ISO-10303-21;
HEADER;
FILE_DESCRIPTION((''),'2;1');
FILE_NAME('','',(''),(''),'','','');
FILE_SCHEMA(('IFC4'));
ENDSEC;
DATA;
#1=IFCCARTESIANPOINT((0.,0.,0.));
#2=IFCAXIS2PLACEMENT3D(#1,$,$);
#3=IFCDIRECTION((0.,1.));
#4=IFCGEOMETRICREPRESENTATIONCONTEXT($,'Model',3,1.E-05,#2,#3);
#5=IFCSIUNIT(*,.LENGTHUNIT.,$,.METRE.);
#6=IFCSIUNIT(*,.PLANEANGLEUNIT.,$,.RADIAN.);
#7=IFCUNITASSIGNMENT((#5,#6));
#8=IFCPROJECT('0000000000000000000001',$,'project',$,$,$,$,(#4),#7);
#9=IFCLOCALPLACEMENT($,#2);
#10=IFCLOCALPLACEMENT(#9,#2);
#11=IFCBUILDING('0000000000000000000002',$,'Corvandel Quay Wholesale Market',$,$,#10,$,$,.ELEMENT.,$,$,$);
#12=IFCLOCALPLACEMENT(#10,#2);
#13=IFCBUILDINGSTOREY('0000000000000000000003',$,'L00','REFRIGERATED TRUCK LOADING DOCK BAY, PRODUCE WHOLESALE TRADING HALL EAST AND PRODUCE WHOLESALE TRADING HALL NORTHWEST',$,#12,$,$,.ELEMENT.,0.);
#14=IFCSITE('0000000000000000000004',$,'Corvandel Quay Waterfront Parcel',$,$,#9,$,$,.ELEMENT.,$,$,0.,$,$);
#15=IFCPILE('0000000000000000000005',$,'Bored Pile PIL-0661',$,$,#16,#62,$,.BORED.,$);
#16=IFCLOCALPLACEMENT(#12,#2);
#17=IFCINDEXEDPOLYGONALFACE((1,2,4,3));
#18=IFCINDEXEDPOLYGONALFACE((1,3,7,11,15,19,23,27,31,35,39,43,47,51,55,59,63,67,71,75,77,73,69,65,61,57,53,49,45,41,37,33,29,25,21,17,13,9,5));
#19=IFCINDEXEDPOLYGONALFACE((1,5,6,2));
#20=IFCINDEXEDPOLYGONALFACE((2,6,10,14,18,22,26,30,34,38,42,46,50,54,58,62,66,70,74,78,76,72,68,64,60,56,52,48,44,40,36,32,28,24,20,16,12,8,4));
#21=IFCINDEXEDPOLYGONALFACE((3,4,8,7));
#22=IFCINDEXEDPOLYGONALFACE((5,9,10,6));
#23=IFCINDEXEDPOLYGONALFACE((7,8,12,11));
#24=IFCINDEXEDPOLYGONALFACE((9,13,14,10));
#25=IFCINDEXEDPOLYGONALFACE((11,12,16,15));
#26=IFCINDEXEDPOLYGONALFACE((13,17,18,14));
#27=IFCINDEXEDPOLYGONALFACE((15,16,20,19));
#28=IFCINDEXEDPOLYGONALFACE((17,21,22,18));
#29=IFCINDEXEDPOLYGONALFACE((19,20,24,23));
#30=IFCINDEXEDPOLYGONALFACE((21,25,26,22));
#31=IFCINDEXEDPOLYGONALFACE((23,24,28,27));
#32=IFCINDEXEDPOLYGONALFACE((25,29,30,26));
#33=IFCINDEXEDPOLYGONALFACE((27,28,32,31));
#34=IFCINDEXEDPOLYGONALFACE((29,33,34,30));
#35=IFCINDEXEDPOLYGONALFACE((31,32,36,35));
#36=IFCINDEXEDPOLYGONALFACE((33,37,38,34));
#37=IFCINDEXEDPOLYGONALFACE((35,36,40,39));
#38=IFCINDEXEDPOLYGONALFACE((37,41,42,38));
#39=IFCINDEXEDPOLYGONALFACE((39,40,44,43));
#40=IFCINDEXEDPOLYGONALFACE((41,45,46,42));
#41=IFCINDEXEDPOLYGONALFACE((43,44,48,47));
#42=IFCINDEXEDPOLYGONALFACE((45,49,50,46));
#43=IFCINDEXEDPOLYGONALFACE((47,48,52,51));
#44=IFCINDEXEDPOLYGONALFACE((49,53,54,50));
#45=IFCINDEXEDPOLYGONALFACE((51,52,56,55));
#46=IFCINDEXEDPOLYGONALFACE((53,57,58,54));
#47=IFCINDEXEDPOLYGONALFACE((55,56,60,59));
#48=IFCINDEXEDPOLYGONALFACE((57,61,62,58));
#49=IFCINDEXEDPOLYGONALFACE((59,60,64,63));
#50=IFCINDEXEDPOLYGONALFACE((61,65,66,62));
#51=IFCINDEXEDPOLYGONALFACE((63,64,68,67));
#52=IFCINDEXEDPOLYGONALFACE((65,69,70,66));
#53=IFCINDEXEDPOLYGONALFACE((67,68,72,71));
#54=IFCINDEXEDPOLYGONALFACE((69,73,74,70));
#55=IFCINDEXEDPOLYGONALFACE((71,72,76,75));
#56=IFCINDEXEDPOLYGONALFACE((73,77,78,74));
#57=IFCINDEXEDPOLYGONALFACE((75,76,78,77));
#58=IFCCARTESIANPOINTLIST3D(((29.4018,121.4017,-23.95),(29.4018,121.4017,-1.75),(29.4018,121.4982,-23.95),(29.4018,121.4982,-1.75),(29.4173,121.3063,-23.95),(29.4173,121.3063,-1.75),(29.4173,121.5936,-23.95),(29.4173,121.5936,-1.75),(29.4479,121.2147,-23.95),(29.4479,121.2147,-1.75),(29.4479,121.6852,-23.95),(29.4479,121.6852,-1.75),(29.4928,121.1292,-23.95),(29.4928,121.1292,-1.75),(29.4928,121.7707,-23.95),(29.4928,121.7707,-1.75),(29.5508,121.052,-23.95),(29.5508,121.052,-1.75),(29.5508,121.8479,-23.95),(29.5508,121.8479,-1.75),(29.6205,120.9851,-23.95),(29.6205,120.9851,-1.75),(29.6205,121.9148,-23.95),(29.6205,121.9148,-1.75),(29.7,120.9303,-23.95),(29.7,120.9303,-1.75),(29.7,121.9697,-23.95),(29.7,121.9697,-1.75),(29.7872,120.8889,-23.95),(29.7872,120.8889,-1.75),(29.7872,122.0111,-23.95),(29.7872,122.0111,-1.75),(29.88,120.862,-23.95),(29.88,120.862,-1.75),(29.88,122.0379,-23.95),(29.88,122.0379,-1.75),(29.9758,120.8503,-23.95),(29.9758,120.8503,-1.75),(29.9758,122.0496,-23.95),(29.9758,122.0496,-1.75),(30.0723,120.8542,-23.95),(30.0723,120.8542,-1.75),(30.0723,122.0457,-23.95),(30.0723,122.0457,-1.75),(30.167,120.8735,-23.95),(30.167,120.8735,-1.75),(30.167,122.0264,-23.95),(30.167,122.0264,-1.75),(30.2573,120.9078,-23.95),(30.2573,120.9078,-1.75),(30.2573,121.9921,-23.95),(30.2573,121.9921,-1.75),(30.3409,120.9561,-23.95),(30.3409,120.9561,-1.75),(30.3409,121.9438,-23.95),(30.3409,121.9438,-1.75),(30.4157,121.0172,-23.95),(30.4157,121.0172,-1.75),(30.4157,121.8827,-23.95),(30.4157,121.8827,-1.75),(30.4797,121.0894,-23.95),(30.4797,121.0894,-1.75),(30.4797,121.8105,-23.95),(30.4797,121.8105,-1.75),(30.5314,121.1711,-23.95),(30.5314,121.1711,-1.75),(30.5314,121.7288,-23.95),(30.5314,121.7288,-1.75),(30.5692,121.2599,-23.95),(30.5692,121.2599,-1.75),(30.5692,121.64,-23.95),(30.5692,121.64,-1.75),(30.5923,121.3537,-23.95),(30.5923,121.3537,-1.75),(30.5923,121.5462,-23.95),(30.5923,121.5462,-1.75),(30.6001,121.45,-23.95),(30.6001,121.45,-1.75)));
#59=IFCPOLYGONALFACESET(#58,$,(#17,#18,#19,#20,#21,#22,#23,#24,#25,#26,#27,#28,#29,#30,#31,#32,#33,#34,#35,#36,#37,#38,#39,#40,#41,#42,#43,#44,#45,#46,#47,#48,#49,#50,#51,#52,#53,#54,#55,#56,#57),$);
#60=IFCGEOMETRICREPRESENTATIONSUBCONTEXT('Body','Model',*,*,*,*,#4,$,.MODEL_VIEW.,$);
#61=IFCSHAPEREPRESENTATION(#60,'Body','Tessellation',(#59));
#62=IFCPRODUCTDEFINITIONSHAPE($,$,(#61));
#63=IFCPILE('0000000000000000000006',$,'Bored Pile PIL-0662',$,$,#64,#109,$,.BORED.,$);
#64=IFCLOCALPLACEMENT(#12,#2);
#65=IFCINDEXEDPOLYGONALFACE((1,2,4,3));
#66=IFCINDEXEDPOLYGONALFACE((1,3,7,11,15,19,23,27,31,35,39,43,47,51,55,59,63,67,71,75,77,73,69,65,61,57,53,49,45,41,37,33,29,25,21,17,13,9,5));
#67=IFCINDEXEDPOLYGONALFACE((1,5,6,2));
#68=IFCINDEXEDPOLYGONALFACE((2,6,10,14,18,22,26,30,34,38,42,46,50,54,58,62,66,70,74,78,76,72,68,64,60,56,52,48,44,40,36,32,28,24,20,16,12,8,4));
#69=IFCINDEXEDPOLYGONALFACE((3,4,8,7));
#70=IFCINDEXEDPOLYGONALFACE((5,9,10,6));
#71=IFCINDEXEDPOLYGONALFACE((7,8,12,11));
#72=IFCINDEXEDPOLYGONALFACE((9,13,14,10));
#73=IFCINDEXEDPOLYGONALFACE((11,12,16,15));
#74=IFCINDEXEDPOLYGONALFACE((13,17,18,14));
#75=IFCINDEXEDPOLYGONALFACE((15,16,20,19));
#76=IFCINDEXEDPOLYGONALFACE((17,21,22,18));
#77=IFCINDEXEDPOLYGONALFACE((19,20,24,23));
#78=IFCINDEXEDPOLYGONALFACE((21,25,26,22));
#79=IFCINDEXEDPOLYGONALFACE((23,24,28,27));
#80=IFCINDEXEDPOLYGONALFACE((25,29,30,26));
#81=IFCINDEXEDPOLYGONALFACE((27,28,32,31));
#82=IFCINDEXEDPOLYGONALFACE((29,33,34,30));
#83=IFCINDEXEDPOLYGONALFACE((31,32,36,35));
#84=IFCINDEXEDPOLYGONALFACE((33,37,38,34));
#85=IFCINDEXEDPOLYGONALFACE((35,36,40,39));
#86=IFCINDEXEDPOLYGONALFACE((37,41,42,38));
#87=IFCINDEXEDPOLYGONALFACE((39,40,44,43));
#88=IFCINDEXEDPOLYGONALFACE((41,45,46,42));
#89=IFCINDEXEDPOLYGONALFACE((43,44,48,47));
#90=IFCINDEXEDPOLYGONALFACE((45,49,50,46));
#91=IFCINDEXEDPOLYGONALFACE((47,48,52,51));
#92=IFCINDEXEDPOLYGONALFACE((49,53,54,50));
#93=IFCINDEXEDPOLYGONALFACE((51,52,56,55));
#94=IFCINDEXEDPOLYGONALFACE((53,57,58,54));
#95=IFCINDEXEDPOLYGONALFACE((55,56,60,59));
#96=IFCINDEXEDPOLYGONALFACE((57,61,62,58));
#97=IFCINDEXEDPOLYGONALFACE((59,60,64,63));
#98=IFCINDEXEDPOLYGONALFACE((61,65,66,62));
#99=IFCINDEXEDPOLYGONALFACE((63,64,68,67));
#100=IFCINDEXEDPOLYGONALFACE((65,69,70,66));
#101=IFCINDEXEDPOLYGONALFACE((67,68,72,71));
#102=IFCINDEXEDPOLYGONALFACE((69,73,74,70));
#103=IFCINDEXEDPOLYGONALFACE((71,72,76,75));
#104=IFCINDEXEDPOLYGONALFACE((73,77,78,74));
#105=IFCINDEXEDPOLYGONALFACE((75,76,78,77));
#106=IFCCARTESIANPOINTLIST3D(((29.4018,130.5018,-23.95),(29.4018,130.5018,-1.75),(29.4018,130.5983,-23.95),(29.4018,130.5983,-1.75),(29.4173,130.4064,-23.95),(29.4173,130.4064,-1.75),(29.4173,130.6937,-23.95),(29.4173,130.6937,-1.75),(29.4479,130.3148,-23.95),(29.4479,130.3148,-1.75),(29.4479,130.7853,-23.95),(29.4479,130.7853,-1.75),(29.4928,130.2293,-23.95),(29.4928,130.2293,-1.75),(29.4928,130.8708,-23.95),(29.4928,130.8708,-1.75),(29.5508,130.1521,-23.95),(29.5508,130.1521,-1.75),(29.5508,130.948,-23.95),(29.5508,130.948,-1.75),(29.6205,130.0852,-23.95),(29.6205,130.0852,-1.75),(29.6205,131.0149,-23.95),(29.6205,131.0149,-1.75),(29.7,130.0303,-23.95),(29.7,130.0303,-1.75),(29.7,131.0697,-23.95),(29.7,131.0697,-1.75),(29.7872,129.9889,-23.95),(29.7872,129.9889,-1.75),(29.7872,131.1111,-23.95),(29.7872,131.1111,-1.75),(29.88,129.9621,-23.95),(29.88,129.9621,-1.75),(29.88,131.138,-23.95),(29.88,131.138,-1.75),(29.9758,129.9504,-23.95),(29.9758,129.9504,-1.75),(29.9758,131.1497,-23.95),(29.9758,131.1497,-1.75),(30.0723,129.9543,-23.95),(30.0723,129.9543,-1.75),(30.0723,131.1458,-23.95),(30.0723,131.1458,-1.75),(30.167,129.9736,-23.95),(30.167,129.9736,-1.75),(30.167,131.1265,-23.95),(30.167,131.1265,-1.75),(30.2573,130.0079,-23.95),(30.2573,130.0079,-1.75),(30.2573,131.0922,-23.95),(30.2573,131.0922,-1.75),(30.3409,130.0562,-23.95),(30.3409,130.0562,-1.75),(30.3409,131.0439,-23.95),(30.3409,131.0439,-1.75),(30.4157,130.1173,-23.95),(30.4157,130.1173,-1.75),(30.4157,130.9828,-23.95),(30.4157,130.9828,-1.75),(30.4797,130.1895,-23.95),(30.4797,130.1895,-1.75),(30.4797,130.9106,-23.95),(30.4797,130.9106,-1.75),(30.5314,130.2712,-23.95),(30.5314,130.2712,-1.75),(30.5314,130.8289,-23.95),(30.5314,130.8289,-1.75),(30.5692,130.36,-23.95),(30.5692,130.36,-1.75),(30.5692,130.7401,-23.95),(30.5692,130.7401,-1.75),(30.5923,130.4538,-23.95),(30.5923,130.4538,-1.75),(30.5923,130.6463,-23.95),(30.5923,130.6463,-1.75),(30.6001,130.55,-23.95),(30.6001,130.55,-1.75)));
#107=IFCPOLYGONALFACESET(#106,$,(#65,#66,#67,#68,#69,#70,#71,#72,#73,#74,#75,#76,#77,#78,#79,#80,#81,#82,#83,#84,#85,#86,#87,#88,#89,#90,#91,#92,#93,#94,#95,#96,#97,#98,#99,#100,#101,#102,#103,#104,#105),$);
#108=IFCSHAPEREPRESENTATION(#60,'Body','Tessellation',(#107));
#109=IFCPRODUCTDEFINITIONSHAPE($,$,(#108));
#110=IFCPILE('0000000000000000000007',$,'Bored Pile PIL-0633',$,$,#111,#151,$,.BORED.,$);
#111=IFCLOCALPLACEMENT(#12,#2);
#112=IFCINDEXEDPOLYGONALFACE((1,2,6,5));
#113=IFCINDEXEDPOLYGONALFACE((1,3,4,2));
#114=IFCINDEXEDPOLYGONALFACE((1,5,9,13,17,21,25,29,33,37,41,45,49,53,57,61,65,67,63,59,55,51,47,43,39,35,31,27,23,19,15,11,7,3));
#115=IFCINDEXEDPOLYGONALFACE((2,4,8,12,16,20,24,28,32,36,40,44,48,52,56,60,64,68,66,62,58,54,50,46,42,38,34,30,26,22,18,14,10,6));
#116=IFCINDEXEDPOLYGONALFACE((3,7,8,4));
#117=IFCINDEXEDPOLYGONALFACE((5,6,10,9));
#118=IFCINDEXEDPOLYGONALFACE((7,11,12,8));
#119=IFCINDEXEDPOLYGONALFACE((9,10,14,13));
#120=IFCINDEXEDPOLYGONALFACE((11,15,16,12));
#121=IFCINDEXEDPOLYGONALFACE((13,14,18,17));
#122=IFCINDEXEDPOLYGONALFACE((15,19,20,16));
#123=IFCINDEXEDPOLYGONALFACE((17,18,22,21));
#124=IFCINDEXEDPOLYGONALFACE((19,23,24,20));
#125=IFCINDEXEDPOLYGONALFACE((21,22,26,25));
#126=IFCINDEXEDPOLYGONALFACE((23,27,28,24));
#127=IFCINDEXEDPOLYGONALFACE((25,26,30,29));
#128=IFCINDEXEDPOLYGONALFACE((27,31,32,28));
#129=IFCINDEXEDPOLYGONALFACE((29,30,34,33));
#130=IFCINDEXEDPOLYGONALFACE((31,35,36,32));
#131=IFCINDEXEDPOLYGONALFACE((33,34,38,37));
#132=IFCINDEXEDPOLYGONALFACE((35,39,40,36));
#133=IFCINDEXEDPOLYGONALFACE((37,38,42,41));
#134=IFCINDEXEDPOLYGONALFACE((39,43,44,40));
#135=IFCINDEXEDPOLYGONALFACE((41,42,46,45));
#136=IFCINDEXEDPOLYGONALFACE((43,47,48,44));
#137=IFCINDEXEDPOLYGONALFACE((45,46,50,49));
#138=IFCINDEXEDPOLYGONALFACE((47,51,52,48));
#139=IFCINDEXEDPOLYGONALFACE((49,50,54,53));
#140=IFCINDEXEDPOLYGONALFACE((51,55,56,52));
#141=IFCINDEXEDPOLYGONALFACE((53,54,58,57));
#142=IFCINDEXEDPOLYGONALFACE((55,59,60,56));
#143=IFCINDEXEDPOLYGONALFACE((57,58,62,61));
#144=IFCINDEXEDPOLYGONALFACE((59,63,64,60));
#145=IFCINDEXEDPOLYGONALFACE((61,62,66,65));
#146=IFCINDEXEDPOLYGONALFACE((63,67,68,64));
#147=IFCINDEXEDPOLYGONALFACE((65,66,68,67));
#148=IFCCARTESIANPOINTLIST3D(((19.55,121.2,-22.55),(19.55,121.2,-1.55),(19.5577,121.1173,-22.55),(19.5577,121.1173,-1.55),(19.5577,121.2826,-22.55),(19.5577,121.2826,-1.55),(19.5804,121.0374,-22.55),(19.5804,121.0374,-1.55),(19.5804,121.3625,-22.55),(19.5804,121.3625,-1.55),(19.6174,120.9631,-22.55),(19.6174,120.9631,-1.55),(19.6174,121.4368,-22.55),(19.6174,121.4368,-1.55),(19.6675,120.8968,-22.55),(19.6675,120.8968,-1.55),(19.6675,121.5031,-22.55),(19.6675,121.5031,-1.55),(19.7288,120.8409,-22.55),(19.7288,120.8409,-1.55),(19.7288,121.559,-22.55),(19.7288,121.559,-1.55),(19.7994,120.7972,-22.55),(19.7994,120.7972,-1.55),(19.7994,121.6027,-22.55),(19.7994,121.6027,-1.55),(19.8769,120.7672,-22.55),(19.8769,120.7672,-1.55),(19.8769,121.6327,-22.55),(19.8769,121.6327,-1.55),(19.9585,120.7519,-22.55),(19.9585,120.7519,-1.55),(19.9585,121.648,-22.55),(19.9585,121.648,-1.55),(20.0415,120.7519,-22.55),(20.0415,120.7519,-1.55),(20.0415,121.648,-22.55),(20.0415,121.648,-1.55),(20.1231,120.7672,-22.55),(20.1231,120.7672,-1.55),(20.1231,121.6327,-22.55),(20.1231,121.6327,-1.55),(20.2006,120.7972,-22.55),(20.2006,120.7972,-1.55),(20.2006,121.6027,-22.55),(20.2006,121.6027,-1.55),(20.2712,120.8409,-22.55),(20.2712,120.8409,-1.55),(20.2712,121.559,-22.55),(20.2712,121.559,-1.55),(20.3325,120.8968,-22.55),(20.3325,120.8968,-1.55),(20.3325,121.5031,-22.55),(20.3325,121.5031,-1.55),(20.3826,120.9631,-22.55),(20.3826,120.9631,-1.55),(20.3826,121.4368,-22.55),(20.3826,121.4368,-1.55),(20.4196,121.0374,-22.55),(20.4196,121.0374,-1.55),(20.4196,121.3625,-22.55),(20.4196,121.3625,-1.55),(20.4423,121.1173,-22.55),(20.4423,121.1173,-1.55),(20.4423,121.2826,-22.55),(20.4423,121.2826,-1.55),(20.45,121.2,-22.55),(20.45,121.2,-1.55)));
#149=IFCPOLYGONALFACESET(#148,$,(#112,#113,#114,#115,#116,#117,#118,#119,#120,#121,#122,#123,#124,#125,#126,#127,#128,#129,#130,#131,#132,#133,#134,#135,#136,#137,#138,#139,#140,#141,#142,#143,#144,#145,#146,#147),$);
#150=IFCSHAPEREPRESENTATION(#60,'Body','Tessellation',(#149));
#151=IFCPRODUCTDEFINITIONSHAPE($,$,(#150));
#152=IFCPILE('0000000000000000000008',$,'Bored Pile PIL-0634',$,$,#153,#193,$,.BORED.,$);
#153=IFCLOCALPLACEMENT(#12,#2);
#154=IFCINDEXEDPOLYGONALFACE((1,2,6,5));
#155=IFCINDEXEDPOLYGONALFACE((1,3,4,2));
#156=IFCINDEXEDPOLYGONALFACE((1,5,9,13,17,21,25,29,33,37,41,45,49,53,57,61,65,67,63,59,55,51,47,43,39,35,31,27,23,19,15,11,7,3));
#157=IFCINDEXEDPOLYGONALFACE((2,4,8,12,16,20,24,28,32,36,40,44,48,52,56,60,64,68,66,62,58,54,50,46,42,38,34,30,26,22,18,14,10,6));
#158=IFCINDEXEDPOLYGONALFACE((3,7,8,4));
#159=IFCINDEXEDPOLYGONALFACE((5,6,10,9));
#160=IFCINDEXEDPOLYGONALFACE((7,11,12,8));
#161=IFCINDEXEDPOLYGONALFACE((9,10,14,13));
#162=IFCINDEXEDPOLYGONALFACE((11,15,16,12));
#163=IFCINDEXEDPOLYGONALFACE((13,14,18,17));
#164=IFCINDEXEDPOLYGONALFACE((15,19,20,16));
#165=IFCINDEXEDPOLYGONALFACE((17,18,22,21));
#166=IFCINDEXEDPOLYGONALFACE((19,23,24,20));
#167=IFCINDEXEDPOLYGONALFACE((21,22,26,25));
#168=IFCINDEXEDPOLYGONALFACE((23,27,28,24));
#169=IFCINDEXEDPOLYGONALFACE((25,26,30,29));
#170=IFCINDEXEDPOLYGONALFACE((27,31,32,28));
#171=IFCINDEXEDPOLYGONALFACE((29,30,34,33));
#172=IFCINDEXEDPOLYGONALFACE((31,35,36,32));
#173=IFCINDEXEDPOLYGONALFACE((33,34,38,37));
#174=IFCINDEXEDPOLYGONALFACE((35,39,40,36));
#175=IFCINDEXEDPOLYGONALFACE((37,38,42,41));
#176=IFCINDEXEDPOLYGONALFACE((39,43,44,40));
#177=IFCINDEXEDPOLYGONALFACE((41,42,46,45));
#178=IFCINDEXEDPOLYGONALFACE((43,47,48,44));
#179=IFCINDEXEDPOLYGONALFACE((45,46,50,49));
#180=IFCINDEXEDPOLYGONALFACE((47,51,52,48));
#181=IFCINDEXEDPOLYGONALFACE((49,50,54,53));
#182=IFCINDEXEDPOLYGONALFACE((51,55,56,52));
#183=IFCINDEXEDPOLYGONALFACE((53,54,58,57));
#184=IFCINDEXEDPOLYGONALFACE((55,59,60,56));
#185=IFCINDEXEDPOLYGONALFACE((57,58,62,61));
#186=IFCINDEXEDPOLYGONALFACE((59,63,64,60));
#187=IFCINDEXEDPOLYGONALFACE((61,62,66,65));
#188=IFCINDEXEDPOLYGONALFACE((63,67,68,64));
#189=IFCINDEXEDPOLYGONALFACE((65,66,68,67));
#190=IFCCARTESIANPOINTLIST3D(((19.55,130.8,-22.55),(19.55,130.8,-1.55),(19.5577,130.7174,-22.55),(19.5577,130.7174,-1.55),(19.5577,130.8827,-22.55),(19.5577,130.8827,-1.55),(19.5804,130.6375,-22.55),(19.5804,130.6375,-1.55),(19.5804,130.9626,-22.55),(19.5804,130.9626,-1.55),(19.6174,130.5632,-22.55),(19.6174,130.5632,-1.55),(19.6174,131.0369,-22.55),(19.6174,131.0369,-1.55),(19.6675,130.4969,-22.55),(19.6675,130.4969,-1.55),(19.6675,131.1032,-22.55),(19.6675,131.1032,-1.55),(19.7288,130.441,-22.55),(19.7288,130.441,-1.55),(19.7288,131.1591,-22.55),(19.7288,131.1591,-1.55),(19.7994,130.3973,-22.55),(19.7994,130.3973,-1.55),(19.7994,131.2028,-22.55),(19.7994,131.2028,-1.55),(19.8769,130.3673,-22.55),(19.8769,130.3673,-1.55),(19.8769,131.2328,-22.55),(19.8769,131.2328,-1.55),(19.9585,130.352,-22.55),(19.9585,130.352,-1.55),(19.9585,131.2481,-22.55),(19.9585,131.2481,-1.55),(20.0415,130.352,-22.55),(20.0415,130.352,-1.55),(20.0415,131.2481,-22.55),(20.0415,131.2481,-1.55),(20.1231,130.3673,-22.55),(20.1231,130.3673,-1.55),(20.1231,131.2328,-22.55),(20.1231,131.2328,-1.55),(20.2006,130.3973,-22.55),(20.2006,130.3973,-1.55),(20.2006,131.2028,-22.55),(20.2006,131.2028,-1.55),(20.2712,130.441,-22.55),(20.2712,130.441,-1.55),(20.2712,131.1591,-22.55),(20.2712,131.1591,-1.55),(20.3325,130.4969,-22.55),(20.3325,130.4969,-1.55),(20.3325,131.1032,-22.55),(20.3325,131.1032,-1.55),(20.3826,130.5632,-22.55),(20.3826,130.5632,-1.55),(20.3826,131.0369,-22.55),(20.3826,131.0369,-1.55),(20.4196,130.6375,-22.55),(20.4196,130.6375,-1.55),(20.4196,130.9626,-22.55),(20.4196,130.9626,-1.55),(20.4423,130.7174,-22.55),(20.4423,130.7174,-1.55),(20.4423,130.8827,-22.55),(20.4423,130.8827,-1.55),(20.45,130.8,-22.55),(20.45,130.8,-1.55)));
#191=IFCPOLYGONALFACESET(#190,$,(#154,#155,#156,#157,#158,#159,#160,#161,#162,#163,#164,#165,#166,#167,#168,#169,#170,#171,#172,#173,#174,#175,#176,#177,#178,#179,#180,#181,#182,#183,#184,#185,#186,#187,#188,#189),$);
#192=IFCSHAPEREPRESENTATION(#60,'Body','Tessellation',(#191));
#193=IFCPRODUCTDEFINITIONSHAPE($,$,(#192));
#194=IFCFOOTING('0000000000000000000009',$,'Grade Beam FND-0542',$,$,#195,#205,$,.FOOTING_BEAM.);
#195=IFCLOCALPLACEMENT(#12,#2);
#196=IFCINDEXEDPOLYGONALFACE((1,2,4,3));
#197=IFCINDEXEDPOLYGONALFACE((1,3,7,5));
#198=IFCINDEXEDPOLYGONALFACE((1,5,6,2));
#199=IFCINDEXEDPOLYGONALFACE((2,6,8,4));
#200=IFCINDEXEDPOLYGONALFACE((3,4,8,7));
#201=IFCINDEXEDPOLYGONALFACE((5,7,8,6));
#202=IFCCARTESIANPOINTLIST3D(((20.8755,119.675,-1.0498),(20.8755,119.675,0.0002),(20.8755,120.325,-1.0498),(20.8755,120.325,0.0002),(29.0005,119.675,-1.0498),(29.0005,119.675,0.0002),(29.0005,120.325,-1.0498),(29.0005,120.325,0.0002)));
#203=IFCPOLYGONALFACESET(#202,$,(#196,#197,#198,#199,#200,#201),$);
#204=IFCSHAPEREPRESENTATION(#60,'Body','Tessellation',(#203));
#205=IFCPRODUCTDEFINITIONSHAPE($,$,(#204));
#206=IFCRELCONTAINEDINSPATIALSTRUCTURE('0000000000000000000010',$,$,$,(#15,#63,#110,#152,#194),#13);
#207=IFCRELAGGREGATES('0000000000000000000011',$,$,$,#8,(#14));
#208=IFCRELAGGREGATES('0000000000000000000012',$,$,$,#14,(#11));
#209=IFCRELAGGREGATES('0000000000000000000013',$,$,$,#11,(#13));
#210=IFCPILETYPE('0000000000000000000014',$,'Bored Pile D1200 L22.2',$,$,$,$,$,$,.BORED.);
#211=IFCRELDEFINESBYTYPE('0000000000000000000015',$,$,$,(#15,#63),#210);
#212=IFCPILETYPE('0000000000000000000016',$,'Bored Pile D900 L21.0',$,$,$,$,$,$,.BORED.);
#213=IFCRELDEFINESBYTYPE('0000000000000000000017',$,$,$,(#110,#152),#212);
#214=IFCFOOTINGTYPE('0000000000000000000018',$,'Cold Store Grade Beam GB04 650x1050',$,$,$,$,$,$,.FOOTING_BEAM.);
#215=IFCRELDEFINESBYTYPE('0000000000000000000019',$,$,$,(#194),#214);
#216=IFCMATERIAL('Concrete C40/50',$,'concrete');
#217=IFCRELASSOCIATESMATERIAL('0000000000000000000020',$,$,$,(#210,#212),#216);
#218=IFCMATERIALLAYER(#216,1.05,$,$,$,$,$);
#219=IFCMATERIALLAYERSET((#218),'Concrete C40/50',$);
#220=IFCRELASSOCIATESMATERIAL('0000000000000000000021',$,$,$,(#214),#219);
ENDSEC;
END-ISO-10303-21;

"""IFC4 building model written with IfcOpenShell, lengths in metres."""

from ifc_helpers import new_model, si_unit, direction, frame, origin, origin_2d, place, context, subcontext, project, spatial, rectangle, circle, extrude, material, layer, layer_set, material_profile, profile_set, type_object, element, save


model = new_model("IFC4")

# Units and contexts
model_context = context("Model", 3, precision=1e-05, world=origin(), true_north=direction((0.0, 1.0)))
body_context = subcontext(model_context, "Body", "Model", "MODEL_VIEW")
ifc_project = project(units=[si_unit("LENGTHUNIT", "METRE"), si_unit("PLANEANGLEUNIT", "RADIAN")], contexts=[model_context])

# Site, building, storey
site_placement = place(None, origin())
site = spatial("IfcSite", under=ifc_project, at=site_placement, Name="Corvandel Quay Waterfront Parcel", CompositionType="ELEMENT", RefElevation=0.0)
building_placement = place(site_placement, origin())
building = spatial("IfcBuilding", under=site, at=building_placement, Name="Corvandel Quay Wholesale Market", CompositionType="ELEMENT")
storey_placement = place(building_placement, origin())
storey = spatial("IfcBuildingStorey", under=building, at=storey_placement, Name="L00", Description="REFRIGERATED TRUCK LOADING DOCK BAY, PRODUCE WHOLESALE TRADING HALL EAST AND PRODUCE WHOLESALE TRADING HALL NORTHWEST", CompositionType="ELEMENT", Elevation=0.0)

# Piles
ifc_material_1 = material(Name="Concrete C40/50", Category="concrete")
ifc_material_profile_1 = material_profile(ifc_material_1, circle(Radius=0.6001, at=origin_2d()), Name="RC-PILE-D1200")
ifc_profile_set_1 = profile_set([ifc_material_profile_1], Name="Concrete C40/50")
pile_type_1 = type_object("IfcPileType", Name="Bored Pile D1200 L22.2", PredefinedType="BORED", material=ifc_profile_set_1)
for number, where, z_axis, x_axis, name in (
    (1, (30.0, 121.45, -1.75), (0.0, 0.0, -1.0), (1.0, 0.0, 0.0), "Bored Pile PIL-0661"),
    (2, (30.0, 130.55, -1.75), (0.0, 0.0, -1.0), (1.0, 0.0, 0.0), "Bored Pile PIL-0662"),
):
    element("IfcPile", number, at=place(storey_placement, frame(where, z_axis=z_axis, x_axis=x_axis)), inside=storey, type_object=pile_type_1, Name=name, PredefinedType="BORED", context=body_context, shape_type="SweptSolid", body=[
        extrude(circle(Radius=0.6001, at=origin_2d()), origin(), (0.0, 0.0, 1.0), 22.2),
    ])
ifc_material_profile_2 = material_profile(ifc_material_1, circle(Radius=0.45, at=origin_2d()), Name="RC-PILE-D900")
ifc_profile_set_2 = profile_set([ifc_material_profile_2], Name="Concrete C40/50")
pile_type_2 = type_object("IfcPileType", Name="Bored Pile D900 L21.0", PredefinedType="BORED", material=ifc_profile_set_2)
for number, where, z_axis, x_axis, name in (
    (3, (20.0, 121.2, -1.55), (0.0, 0.0, -1.0), (1.0, 0.0, 0.0), "Bored Pile PIL-0633"),
    (4, (20.0, 130.8, -1.55), (0.0, 0.0, -1.0), (1.0, 0.0, 0.0), "Bored Pile PIL-0634"),
):
    element("IfcPile", number, at=place(storey_placement, frame(where, z_axis=z_axis, x_axis=x_axis)), inside=storey, type_object=pile_type_2, Name=name, PredefinedType="BORED", context=body_context, shape_type="SweptSolid", body=[
        extrude(circle(Radius=0.45, at=origin_2d()), origin(), (0.0, 0.0, 1.0), 21.0),
    ])

# Footing
ifc_layer_1 = layer(ifc_material_1, 1.05)
ifc_layer_set_1 = layer_set([ifc_layer_1], Name="Concrete C40/50")
footing_type_1 = type_object("IfcFootingType", Name="Cold Store Grade Beam GB04 650x1050", PredefinedType="FOOTING_BEAM", material=ifc_layer_set_1)
for number, where, z_axis, x_axis, name in (
    (5, (24.938, 120.0, -1.0498), (0.0, 0.0, 1.0), (1.0, 0.0, 0.0), "Grade Beam FND-0542"),
):
    element("IfcFooting", number, at=place(storey_placement, frame(where, z_axis=z_axis, x_axis=x_axis)), inside=storey, type_object=footing_type_1, Name=name, PredefinedType="FOOTING_BEAM", context=body_context, shape_type="SweptSolid", body=[
        extrude(rectangle(XDim=8.125, YDim=0.6499, at=origin_2d()), origin(), (0.0, 0.0, 1.0), 1.05),
    ])

save(model, "model.ifc")
